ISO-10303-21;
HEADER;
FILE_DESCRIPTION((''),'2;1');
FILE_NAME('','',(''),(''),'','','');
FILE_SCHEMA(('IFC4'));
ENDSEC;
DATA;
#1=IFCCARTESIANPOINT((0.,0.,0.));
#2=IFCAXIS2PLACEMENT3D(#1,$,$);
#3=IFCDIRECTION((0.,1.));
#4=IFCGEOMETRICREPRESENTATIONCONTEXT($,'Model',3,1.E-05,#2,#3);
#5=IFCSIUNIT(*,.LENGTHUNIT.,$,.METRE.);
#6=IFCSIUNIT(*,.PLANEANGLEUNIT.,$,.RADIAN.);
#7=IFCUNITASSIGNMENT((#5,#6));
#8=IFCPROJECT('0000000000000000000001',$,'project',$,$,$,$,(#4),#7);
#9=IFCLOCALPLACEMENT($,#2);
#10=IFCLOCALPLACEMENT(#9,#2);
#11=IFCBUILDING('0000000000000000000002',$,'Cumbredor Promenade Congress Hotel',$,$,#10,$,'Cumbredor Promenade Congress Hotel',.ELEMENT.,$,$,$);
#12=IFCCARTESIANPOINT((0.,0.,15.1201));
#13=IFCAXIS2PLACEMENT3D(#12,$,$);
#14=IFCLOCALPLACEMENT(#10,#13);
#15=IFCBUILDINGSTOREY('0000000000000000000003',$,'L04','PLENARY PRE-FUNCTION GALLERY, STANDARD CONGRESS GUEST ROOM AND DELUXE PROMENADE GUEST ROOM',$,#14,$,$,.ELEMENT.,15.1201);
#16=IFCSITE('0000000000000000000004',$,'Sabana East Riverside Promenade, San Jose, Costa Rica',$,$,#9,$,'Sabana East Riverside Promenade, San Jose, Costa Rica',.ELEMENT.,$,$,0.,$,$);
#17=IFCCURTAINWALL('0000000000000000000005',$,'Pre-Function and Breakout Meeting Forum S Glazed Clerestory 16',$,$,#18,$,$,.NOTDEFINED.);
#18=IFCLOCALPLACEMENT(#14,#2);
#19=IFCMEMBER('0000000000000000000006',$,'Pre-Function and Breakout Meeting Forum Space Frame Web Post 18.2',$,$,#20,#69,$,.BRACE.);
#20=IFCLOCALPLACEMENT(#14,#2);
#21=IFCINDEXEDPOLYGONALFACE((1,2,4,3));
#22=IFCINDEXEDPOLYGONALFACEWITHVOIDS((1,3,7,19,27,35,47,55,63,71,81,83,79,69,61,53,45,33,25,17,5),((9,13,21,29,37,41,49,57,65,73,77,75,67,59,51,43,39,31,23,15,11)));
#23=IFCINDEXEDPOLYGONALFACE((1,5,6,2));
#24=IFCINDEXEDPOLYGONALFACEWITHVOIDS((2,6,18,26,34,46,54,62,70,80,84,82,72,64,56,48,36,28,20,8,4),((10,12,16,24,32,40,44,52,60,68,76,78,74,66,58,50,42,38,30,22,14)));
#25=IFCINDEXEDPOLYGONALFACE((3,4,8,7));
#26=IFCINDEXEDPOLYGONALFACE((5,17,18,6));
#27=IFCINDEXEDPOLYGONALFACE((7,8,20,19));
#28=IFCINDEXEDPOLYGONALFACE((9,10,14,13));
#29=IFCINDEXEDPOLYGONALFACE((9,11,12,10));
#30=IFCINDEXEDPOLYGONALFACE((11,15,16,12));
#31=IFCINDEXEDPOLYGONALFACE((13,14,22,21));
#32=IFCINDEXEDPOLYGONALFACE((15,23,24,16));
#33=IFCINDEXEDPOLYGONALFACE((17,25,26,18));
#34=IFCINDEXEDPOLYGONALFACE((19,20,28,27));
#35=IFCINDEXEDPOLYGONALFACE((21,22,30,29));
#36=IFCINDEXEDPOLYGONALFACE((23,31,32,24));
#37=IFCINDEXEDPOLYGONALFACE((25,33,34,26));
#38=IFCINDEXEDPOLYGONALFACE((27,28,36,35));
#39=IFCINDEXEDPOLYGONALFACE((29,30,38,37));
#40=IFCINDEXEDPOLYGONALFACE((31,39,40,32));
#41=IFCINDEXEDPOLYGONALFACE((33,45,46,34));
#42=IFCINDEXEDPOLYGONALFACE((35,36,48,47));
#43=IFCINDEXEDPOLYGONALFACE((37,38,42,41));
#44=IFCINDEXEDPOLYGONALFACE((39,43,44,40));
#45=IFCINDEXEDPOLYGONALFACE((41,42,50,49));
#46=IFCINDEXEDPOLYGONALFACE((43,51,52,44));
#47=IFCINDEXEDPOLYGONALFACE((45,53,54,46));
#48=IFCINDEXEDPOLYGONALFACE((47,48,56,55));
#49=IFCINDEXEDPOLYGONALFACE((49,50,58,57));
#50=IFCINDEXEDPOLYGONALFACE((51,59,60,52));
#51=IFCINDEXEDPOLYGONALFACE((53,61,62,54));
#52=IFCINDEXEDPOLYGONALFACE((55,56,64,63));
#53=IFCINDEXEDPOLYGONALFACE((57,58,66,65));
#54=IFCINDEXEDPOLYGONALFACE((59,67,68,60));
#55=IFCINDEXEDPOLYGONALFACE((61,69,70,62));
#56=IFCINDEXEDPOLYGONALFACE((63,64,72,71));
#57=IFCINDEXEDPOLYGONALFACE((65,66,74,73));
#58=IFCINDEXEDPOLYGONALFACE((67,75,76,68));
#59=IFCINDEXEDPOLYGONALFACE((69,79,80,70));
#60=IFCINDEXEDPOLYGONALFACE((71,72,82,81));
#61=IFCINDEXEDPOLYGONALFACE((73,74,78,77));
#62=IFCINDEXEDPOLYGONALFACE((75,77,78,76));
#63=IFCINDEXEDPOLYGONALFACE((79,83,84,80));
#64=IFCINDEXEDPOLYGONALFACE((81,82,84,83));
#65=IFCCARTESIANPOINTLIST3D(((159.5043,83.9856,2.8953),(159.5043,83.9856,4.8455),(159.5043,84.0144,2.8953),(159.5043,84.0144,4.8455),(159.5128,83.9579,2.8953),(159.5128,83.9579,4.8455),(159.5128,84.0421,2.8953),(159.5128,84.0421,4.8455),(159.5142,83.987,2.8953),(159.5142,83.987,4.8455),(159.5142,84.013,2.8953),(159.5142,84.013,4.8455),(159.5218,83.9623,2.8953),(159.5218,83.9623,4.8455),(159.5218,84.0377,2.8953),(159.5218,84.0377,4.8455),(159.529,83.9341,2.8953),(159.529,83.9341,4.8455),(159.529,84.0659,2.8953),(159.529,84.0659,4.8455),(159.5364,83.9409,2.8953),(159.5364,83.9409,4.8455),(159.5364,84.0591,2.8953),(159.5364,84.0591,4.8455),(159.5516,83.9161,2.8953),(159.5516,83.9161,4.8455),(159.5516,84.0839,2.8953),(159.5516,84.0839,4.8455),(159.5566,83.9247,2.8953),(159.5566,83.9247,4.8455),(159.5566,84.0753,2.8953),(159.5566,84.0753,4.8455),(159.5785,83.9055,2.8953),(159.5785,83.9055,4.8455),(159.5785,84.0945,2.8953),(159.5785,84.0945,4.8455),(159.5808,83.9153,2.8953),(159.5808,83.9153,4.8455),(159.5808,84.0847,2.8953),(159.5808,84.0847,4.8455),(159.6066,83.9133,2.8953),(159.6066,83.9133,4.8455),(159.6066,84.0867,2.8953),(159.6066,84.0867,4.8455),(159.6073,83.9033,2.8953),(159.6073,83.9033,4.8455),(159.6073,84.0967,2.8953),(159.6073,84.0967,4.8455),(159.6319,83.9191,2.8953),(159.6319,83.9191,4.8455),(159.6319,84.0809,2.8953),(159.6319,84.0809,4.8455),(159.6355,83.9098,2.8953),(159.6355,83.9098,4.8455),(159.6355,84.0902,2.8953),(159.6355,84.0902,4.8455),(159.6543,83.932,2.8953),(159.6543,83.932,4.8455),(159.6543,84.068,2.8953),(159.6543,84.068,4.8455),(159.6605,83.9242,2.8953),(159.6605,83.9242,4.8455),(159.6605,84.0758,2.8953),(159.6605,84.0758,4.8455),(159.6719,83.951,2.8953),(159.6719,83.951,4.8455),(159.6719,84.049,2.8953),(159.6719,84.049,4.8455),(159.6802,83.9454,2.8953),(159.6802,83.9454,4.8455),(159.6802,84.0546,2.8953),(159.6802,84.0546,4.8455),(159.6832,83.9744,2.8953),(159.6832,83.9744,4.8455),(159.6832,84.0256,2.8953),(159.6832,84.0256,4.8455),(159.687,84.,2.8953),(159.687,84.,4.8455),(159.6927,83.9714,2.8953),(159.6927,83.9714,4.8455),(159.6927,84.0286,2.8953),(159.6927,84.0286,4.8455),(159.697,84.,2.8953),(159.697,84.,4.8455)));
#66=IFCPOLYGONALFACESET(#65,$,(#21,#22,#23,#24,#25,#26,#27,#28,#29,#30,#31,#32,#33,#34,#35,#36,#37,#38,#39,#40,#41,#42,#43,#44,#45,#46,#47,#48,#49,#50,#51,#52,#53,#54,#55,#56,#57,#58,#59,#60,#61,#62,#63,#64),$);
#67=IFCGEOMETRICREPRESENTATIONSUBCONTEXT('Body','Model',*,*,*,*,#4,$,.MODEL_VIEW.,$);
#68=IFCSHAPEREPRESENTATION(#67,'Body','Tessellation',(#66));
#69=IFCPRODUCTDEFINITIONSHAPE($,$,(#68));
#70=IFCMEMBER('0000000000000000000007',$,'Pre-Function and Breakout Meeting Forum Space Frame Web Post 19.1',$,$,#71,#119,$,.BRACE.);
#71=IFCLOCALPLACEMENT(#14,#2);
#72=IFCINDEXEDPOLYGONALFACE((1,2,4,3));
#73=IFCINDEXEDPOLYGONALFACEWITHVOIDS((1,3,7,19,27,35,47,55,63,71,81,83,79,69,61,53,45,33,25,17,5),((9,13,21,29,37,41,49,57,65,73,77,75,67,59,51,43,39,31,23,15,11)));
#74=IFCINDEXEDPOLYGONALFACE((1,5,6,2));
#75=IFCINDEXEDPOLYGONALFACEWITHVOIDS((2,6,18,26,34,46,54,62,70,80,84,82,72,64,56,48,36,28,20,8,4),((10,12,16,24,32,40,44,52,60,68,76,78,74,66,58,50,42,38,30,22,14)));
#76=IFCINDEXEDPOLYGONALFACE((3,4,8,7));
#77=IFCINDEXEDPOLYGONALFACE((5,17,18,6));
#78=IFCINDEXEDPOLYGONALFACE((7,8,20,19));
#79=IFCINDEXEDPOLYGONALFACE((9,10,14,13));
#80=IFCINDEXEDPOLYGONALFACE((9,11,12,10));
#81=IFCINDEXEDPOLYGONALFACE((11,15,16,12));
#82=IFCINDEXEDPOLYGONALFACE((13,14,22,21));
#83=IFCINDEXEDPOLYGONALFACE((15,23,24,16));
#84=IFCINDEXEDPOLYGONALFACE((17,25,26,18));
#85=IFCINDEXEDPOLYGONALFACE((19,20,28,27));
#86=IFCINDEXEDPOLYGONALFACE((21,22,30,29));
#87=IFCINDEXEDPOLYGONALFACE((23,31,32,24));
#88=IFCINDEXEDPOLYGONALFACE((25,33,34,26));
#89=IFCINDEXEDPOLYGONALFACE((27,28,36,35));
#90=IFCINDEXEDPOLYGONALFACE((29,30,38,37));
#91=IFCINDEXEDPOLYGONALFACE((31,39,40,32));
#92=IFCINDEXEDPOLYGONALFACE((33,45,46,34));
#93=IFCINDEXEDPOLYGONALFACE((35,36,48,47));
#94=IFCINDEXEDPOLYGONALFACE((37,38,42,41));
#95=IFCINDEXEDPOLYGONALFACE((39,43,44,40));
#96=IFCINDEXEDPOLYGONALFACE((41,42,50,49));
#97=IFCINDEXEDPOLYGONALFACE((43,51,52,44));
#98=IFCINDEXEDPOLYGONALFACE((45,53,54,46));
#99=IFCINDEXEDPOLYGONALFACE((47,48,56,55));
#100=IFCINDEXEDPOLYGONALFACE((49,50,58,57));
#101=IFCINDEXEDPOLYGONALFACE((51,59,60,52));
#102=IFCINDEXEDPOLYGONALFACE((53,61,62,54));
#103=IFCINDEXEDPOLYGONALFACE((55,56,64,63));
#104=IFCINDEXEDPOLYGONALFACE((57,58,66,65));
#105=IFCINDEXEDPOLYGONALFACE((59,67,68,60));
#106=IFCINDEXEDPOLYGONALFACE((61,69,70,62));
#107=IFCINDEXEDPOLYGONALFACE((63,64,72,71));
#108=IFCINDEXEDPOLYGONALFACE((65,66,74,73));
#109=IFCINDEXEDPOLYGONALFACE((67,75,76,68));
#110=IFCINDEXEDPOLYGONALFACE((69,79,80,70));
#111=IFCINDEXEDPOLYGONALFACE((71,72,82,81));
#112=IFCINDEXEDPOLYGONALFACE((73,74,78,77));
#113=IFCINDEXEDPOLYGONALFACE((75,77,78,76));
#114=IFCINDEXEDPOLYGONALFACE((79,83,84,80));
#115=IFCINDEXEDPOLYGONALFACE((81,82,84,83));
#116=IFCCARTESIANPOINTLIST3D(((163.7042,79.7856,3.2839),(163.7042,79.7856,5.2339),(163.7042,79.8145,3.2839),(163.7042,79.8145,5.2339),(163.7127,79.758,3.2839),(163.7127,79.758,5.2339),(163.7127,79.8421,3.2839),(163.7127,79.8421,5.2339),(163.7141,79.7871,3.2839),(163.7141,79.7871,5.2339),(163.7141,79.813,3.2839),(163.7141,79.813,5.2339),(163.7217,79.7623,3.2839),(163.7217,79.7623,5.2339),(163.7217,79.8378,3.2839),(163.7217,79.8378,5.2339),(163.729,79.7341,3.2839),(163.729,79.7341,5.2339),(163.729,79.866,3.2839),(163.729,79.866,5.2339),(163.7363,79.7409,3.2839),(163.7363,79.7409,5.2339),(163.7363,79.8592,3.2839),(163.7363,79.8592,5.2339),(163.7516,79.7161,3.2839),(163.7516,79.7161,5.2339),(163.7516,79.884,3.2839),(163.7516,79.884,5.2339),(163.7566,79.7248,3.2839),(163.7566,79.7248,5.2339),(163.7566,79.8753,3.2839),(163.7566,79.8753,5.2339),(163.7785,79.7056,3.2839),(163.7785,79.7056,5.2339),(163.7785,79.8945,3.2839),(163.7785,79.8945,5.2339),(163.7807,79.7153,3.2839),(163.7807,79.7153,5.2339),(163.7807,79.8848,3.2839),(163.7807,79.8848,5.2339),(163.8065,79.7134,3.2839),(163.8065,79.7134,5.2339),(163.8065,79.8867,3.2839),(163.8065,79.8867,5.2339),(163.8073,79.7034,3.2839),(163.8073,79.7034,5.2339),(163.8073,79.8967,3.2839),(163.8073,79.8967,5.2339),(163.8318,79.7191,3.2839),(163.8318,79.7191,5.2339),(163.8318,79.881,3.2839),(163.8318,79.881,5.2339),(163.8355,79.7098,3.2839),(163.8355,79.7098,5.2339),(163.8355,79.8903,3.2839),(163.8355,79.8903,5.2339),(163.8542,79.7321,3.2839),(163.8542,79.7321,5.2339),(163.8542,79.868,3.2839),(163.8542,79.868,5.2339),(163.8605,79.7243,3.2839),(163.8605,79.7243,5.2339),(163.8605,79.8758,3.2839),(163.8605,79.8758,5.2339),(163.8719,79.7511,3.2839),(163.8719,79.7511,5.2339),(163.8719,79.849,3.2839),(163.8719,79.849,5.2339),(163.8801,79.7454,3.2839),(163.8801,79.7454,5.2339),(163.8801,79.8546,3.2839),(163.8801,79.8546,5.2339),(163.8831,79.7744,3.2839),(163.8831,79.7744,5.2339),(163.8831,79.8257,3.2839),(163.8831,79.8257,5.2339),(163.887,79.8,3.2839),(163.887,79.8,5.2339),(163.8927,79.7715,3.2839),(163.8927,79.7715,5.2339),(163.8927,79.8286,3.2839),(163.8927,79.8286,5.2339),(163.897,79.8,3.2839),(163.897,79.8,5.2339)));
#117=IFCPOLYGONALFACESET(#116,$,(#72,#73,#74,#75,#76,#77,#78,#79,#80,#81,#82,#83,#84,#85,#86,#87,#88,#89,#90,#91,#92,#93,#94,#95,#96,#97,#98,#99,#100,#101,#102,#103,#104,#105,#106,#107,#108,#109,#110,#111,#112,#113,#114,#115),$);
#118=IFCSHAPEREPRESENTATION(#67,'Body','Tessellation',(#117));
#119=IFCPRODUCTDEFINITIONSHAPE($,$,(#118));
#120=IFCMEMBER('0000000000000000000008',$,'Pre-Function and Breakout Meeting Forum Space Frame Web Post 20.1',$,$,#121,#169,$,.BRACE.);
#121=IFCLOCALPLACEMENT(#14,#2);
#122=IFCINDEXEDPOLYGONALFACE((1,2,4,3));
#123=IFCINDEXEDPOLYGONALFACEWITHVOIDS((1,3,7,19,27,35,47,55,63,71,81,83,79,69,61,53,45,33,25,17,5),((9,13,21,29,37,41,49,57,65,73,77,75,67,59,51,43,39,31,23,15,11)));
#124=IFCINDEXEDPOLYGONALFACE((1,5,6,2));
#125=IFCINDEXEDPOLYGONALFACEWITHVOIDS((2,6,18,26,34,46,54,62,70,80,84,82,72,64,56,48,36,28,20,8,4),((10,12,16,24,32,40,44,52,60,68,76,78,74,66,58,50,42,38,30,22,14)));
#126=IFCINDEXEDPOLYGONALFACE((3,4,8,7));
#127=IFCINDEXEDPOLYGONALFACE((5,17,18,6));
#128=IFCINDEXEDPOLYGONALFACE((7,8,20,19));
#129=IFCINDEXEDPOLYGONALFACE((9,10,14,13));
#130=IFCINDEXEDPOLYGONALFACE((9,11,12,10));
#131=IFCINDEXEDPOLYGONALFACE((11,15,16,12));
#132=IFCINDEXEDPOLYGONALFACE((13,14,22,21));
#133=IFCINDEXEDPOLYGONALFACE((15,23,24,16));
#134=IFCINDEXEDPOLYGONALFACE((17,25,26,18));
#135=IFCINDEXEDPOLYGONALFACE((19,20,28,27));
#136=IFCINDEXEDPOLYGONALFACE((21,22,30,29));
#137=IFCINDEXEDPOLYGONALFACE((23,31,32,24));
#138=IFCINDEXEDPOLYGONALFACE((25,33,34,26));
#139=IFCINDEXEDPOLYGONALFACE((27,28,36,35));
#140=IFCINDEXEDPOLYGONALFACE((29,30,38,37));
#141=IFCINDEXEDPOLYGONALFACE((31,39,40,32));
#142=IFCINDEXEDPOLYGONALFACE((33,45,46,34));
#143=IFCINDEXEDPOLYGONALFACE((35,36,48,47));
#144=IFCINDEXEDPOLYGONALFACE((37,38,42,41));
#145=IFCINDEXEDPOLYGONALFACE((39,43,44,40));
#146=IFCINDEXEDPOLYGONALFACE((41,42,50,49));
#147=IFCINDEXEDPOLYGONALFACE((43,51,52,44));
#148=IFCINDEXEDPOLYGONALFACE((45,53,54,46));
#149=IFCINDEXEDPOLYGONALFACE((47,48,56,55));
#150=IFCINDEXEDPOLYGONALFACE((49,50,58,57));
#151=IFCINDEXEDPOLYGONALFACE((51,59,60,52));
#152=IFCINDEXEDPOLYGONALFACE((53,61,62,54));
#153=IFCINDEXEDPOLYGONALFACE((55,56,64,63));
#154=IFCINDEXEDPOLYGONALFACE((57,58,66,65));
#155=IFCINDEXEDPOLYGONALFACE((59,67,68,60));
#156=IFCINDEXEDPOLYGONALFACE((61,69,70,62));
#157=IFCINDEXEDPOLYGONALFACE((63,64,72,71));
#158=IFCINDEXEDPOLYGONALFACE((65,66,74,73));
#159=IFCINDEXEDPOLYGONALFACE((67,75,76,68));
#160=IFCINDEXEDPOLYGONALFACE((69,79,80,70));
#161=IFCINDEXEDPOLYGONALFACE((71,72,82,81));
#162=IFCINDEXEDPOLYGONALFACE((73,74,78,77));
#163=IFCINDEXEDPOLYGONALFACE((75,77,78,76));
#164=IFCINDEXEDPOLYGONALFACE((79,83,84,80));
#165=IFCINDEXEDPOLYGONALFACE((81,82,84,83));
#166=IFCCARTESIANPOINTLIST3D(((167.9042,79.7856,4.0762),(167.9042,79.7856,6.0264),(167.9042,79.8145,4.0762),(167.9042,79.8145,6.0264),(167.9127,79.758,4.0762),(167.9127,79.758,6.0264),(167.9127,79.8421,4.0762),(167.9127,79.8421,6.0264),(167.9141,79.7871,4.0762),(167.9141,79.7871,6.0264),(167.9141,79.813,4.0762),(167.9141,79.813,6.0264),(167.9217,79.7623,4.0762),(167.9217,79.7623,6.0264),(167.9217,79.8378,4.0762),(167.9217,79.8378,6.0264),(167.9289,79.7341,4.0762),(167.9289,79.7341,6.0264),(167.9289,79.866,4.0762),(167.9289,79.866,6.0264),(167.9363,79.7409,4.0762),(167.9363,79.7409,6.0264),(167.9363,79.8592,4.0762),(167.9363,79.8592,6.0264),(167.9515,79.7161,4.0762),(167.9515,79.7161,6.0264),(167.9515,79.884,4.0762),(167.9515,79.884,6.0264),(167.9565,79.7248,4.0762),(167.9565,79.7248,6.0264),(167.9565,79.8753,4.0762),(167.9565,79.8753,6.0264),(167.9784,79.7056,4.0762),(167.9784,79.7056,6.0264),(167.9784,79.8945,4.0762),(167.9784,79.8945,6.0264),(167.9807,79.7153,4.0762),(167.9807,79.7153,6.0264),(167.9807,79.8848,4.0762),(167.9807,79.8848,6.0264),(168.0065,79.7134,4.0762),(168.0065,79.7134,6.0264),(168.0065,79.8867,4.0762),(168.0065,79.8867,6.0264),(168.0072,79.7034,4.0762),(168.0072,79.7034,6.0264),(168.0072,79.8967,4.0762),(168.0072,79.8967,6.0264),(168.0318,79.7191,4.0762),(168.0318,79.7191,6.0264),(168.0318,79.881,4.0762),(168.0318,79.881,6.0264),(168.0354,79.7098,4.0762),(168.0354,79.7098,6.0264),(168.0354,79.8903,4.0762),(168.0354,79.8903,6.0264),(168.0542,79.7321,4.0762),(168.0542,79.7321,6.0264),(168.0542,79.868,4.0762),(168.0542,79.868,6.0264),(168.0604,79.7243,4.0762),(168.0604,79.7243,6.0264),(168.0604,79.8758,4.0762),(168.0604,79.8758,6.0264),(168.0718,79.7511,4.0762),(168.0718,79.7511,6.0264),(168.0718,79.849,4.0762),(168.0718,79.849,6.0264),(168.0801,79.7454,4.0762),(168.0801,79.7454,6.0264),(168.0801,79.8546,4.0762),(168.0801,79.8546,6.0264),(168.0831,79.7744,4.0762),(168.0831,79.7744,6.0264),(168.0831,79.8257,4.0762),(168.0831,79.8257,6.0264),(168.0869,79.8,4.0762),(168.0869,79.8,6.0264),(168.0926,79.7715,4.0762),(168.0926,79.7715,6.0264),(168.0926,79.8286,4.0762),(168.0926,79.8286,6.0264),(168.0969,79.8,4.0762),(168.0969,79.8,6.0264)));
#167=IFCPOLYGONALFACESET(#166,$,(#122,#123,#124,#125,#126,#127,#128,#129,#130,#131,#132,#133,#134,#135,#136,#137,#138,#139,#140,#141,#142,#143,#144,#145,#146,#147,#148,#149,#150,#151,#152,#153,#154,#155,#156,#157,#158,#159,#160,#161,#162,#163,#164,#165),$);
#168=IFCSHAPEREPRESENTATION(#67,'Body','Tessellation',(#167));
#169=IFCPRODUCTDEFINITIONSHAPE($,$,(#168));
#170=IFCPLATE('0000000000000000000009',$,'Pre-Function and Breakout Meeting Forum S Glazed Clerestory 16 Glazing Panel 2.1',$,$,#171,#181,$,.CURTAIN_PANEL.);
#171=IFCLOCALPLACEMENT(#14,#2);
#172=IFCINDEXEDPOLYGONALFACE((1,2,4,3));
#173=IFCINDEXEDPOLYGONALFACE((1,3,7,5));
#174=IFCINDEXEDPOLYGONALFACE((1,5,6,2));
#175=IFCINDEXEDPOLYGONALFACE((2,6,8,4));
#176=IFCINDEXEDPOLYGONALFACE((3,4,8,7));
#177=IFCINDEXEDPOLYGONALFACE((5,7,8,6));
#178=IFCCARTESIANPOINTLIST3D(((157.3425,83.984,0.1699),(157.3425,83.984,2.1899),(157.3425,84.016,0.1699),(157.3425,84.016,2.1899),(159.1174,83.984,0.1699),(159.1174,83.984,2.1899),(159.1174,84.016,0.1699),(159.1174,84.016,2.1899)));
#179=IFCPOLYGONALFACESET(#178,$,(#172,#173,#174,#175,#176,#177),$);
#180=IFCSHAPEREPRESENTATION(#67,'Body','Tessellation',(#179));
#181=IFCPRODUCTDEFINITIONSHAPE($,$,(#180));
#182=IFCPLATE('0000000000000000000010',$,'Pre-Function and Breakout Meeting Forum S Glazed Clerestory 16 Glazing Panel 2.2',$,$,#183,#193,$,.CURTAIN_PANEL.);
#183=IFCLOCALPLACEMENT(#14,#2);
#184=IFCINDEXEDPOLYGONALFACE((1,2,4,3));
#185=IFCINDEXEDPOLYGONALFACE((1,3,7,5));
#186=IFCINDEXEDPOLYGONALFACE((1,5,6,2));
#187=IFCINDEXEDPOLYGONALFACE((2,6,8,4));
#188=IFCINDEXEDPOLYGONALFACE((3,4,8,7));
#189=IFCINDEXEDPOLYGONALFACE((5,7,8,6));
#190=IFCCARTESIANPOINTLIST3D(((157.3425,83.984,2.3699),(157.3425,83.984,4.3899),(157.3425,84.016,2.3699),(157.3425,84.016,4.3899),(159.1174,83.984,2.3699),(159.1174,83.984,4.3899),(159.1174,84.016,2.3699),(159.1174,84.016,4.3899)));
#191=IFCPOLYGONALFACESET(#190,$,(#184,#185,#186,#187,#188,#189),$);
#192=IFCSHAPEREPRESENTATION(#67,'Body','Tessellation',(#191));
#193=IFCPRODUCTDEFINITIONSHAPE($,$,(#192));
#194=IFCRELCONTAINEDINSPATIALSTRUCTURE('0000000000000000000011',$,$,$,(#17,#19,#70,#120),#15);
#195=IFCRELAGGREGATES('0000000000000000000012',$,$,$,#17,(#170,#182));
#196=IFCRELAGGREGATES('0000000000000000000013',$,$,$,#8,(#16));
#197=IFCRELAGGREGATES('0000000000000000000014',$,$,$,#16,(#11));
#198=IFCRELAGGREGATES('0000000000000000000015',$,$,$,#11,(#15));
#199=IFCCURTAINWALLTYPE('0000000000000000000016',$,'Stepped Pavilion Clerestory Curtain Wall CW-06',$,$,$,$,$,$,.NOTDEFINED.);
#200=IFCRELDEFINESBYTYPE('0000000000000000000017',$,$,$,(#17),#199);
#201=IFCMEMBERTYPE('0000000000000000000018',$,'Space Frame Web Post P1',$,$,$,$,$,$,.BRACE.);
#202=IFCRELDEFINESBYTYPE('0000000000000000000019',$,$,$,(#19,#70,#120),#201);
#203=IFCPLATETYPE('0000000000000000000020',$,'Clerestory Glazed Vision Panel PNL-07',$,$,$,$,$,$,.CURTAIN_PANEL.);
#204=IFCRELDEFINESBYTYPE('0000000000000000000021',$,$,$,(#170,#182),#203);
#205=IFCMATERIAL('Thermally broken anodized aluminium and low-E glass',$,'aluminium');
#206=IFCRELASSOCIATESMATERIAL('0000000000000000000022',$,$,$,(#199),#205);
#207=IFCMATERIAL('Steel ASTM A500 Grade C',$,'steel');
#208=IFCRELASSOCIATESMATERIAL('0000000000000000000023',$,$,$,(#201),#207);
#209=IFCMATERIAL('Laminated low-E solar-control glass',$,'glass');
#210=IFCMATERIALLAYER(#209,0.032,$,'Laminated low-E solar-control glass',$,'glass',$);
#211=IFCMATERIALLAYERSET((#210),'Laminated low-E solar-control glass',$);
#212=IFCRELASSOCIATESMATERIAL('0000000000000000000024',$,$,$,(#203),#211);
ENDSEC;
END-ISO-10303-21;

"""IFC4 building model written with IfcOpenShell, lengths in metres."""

from ifc_helpers import new_model, si_unit, direction, frame, origin, origin_2d, place, context, subcontext, project, spatial, rectangle, hollow_circle, extrude, material, layer, layer_set, material_profile, profile_set, type_object, element, aggregate, save


model = new_model("IFC4")

# Units and contexts
model_context = context("Model", 3, precision=1e-05, world=origin(), true_north=direction((0.0, 1.0)))
body_context = subcontext(model_context, "Body", "Model", "MODEL_VIEW")
ifc_project = project(units=[si_unit("LENGTHUNIT", "METRE"), si_unit("PLANEANGLEUNIT", "RADIAN")], contexts=[model_context])

# Site, building, storey
site_placement = place(None, origin())
site = spatial("IfcSite", under=ifc_project, at=site_placement, Name="Sabana East Riverside Promenade, San Jose, Costa Rica", LongName="Sabana East Riverside Promenade, San Jose, Costa Rica", CompositionType="ELEMENT", RefElevation=0.0)
building_placement = place(site_placement, origin())
building = spatial("IfcBuilding", under=site, at=building_placement, Name="Cumbredor Promenade Congress Hotel", LongName="Cumbredor Promenade Congress Hotel", CompositionType="ELEMENT")
storey_placement = place(building_placement, frame((0.0, 0.0, 15.1201)))
storey = spatial("IfcBuildingStorey", under=building, at=storey_placement, Name="L04", Description="PLENARY PRE-FUNCTION GALLERY, STANDARD CONGRESS GUEST ROOM AND DELUXE PROMENADE GUEST ROOM", CompositionType="ELEMENT", Elevation=15.1201)

# Curtain wall
ifc_material_1 = material(Name="Thermally broken anodized aluminium and low-E glass", Category="aluminium")
curtain_wall_type = type_object("IfcCurtainWallType", Name="Stepped Pavilion Clerestory Curtain Wall CW-06", PredefinedType="NOTDEFINED", material=ifc_material_1)
curtain_wall_placement = place(storey_placement, origin())
curtain_wall = element("IfcCurtainWall", 1, at=curtain_wall_placement, inside=storey, type_object=curtain_wall_type, Name="Pre-Function and Breakout Meeting Forum S Glazed Clerestory 16", PredefinedType="NOTDEFINED")

# Members
ifc_material_2 = material(Name="Steel ASTM A500 Grade C", Category="steel")
ifc_material_profile_1 = material_profile(ifc_material_2, hollow_circle(Radius=0.0969, WallThickness=0.01, at=origin_2d()), Name="CHS 193.7x10")
ifc_profile_set_1 = profile_set([ifc_material_profile_1], Name="Steel ASTM A500 Grade C")
member_type_1 = type_object("IfcMemberType", Name="Space Frame Web Post P1", PredefinedType="BRACE", material=ifc_profile_set_1)
member_1_placement = place(storey_placement, frame((159.6001, 84.0, 2.8953), z_axis=(0.0, 0.0, 1.0), x_axis=(1.0, 0.0, 0.0)))
element("IfcMember", 2, at=member_1_placement, inside=storey, type_object=member_type_1, Name="Pre-Function and Breakout Meeting Forum Space Frame Web Post 18.2", PredefinedType="BRACE", context=body_context, shape_type="SweptSolid", body=[
    extrude(hollow_circle(Radius=0.0969, WallThickness=0.01, at=origin_2d()), origin(), (0.0, 0.0, 1.0), 1.9502),
])
member_2_placement = place(storey_placement, frame((163.8, 79.8, 3.2839), z_axis=(0.0, 0.0, 1.0), x_axis=(1.0, 0.0, 0.0)))
element("IfcMember", 3, at=member_2_placement, inside=storey, type_object=member_type_1, Name="Pre-Function and Breakout Meeting Forum Space Frame Web Post 19.1", PredefinedType="BRACE", context=body_context, shape_type="SweptSolid", body=[
    extrude(hollow_circle(Radius=0.0969, WallThickness=0.01, at=origin_2d()), origin(), (0.0, 0.0, 1.0), 1.95),
])
member_3_placement = place(storey_placement, frame((168.0, 79.8, 4.0762), z_axis=(0.0, 0.0, 1.0), x_axis=(1.0, 0.0, 0.0)))
element("IfcMember", 4, at=member_3_placement, inside=storey, type_object=member_type_1, Name="Pre-Function and Breakout Meeting Forum Space Frame Web Post 20.1", PredefinedType="BRACE", context=body_context, shape_type="SweptSolid", body=[
    extrude(hollow_circle(Radius=0.0969, WallThickness=0.01, at=origin_2d()), origin(), (0.0, 0.0, 1.0), 1.9502),
])

# Plates
ifc_material_3 = material(Name="Laminated low-E solar-control glass", Category="glass")
ifc_layer_1 = layer(ifc_material_3, 0.032, Name="Laminated low-E solar-control glass", Category="glass")
ifc_layer_set_1 = layer_set([ifc_layer_1], Name="Laminated low-E solar-control glass")
plate_type_1 = type_object("IfcPlateType", Name="Clerestory Glazed Vision Panel PNL-07", PredefinedType="CURTAIN_PANEL", material=ifc_layer_set_1)
plate_1_placement = place(storey_placement, frame((158.23, 84.0, 0.1699), z_axis=(0.0, 0.0, 1.0), x_axis=(1.0, 0.0, 0.0)))
plate_1 = element("IfcPlate", 5, at=plate_1_placement, type_object=plate_type_1, Name="Pre-Function and Breakout Meeting Forum S Glazed Clerestory 16 Glazing Panel 2.1", PredefinedType="CURTAIN_PANEL", context=body_context, shape_type="SweptSolid", body=[
    extrude(rectangle(XDim=1.7749, YDim=0.032, at=origin_2d()), origin(), (0.0, 0.0, 1.0), 2.02),
])
plate_2_placement = place(storey_placement, frame((158.23, 84.0, 2.3699), z_axis=(0.0, 0.0, 1.0), x_axis=(1.0, 0.0, 0.0)))
plate_2 = element("IfcPlate", 6, at=plate_2_placement, type_object=plate_type_1, Name="Pre-Function and Breakout Meeting Forum S Glazed Clerestory 16 Glazing Panel 2.2", PredefinedType="CURTAIN_PANEL", context=body_context, shape_type="SweptSolid", body=[
    extrude(rectangle(XDim=1.7749, YDim=0.032, at=origin_2d()), origin(), (0.0, 0.0, 1.0), 2.02),
])
aggregate(curtain_wall, [plate_1, plate_2])

save(model, "model.ifc")
